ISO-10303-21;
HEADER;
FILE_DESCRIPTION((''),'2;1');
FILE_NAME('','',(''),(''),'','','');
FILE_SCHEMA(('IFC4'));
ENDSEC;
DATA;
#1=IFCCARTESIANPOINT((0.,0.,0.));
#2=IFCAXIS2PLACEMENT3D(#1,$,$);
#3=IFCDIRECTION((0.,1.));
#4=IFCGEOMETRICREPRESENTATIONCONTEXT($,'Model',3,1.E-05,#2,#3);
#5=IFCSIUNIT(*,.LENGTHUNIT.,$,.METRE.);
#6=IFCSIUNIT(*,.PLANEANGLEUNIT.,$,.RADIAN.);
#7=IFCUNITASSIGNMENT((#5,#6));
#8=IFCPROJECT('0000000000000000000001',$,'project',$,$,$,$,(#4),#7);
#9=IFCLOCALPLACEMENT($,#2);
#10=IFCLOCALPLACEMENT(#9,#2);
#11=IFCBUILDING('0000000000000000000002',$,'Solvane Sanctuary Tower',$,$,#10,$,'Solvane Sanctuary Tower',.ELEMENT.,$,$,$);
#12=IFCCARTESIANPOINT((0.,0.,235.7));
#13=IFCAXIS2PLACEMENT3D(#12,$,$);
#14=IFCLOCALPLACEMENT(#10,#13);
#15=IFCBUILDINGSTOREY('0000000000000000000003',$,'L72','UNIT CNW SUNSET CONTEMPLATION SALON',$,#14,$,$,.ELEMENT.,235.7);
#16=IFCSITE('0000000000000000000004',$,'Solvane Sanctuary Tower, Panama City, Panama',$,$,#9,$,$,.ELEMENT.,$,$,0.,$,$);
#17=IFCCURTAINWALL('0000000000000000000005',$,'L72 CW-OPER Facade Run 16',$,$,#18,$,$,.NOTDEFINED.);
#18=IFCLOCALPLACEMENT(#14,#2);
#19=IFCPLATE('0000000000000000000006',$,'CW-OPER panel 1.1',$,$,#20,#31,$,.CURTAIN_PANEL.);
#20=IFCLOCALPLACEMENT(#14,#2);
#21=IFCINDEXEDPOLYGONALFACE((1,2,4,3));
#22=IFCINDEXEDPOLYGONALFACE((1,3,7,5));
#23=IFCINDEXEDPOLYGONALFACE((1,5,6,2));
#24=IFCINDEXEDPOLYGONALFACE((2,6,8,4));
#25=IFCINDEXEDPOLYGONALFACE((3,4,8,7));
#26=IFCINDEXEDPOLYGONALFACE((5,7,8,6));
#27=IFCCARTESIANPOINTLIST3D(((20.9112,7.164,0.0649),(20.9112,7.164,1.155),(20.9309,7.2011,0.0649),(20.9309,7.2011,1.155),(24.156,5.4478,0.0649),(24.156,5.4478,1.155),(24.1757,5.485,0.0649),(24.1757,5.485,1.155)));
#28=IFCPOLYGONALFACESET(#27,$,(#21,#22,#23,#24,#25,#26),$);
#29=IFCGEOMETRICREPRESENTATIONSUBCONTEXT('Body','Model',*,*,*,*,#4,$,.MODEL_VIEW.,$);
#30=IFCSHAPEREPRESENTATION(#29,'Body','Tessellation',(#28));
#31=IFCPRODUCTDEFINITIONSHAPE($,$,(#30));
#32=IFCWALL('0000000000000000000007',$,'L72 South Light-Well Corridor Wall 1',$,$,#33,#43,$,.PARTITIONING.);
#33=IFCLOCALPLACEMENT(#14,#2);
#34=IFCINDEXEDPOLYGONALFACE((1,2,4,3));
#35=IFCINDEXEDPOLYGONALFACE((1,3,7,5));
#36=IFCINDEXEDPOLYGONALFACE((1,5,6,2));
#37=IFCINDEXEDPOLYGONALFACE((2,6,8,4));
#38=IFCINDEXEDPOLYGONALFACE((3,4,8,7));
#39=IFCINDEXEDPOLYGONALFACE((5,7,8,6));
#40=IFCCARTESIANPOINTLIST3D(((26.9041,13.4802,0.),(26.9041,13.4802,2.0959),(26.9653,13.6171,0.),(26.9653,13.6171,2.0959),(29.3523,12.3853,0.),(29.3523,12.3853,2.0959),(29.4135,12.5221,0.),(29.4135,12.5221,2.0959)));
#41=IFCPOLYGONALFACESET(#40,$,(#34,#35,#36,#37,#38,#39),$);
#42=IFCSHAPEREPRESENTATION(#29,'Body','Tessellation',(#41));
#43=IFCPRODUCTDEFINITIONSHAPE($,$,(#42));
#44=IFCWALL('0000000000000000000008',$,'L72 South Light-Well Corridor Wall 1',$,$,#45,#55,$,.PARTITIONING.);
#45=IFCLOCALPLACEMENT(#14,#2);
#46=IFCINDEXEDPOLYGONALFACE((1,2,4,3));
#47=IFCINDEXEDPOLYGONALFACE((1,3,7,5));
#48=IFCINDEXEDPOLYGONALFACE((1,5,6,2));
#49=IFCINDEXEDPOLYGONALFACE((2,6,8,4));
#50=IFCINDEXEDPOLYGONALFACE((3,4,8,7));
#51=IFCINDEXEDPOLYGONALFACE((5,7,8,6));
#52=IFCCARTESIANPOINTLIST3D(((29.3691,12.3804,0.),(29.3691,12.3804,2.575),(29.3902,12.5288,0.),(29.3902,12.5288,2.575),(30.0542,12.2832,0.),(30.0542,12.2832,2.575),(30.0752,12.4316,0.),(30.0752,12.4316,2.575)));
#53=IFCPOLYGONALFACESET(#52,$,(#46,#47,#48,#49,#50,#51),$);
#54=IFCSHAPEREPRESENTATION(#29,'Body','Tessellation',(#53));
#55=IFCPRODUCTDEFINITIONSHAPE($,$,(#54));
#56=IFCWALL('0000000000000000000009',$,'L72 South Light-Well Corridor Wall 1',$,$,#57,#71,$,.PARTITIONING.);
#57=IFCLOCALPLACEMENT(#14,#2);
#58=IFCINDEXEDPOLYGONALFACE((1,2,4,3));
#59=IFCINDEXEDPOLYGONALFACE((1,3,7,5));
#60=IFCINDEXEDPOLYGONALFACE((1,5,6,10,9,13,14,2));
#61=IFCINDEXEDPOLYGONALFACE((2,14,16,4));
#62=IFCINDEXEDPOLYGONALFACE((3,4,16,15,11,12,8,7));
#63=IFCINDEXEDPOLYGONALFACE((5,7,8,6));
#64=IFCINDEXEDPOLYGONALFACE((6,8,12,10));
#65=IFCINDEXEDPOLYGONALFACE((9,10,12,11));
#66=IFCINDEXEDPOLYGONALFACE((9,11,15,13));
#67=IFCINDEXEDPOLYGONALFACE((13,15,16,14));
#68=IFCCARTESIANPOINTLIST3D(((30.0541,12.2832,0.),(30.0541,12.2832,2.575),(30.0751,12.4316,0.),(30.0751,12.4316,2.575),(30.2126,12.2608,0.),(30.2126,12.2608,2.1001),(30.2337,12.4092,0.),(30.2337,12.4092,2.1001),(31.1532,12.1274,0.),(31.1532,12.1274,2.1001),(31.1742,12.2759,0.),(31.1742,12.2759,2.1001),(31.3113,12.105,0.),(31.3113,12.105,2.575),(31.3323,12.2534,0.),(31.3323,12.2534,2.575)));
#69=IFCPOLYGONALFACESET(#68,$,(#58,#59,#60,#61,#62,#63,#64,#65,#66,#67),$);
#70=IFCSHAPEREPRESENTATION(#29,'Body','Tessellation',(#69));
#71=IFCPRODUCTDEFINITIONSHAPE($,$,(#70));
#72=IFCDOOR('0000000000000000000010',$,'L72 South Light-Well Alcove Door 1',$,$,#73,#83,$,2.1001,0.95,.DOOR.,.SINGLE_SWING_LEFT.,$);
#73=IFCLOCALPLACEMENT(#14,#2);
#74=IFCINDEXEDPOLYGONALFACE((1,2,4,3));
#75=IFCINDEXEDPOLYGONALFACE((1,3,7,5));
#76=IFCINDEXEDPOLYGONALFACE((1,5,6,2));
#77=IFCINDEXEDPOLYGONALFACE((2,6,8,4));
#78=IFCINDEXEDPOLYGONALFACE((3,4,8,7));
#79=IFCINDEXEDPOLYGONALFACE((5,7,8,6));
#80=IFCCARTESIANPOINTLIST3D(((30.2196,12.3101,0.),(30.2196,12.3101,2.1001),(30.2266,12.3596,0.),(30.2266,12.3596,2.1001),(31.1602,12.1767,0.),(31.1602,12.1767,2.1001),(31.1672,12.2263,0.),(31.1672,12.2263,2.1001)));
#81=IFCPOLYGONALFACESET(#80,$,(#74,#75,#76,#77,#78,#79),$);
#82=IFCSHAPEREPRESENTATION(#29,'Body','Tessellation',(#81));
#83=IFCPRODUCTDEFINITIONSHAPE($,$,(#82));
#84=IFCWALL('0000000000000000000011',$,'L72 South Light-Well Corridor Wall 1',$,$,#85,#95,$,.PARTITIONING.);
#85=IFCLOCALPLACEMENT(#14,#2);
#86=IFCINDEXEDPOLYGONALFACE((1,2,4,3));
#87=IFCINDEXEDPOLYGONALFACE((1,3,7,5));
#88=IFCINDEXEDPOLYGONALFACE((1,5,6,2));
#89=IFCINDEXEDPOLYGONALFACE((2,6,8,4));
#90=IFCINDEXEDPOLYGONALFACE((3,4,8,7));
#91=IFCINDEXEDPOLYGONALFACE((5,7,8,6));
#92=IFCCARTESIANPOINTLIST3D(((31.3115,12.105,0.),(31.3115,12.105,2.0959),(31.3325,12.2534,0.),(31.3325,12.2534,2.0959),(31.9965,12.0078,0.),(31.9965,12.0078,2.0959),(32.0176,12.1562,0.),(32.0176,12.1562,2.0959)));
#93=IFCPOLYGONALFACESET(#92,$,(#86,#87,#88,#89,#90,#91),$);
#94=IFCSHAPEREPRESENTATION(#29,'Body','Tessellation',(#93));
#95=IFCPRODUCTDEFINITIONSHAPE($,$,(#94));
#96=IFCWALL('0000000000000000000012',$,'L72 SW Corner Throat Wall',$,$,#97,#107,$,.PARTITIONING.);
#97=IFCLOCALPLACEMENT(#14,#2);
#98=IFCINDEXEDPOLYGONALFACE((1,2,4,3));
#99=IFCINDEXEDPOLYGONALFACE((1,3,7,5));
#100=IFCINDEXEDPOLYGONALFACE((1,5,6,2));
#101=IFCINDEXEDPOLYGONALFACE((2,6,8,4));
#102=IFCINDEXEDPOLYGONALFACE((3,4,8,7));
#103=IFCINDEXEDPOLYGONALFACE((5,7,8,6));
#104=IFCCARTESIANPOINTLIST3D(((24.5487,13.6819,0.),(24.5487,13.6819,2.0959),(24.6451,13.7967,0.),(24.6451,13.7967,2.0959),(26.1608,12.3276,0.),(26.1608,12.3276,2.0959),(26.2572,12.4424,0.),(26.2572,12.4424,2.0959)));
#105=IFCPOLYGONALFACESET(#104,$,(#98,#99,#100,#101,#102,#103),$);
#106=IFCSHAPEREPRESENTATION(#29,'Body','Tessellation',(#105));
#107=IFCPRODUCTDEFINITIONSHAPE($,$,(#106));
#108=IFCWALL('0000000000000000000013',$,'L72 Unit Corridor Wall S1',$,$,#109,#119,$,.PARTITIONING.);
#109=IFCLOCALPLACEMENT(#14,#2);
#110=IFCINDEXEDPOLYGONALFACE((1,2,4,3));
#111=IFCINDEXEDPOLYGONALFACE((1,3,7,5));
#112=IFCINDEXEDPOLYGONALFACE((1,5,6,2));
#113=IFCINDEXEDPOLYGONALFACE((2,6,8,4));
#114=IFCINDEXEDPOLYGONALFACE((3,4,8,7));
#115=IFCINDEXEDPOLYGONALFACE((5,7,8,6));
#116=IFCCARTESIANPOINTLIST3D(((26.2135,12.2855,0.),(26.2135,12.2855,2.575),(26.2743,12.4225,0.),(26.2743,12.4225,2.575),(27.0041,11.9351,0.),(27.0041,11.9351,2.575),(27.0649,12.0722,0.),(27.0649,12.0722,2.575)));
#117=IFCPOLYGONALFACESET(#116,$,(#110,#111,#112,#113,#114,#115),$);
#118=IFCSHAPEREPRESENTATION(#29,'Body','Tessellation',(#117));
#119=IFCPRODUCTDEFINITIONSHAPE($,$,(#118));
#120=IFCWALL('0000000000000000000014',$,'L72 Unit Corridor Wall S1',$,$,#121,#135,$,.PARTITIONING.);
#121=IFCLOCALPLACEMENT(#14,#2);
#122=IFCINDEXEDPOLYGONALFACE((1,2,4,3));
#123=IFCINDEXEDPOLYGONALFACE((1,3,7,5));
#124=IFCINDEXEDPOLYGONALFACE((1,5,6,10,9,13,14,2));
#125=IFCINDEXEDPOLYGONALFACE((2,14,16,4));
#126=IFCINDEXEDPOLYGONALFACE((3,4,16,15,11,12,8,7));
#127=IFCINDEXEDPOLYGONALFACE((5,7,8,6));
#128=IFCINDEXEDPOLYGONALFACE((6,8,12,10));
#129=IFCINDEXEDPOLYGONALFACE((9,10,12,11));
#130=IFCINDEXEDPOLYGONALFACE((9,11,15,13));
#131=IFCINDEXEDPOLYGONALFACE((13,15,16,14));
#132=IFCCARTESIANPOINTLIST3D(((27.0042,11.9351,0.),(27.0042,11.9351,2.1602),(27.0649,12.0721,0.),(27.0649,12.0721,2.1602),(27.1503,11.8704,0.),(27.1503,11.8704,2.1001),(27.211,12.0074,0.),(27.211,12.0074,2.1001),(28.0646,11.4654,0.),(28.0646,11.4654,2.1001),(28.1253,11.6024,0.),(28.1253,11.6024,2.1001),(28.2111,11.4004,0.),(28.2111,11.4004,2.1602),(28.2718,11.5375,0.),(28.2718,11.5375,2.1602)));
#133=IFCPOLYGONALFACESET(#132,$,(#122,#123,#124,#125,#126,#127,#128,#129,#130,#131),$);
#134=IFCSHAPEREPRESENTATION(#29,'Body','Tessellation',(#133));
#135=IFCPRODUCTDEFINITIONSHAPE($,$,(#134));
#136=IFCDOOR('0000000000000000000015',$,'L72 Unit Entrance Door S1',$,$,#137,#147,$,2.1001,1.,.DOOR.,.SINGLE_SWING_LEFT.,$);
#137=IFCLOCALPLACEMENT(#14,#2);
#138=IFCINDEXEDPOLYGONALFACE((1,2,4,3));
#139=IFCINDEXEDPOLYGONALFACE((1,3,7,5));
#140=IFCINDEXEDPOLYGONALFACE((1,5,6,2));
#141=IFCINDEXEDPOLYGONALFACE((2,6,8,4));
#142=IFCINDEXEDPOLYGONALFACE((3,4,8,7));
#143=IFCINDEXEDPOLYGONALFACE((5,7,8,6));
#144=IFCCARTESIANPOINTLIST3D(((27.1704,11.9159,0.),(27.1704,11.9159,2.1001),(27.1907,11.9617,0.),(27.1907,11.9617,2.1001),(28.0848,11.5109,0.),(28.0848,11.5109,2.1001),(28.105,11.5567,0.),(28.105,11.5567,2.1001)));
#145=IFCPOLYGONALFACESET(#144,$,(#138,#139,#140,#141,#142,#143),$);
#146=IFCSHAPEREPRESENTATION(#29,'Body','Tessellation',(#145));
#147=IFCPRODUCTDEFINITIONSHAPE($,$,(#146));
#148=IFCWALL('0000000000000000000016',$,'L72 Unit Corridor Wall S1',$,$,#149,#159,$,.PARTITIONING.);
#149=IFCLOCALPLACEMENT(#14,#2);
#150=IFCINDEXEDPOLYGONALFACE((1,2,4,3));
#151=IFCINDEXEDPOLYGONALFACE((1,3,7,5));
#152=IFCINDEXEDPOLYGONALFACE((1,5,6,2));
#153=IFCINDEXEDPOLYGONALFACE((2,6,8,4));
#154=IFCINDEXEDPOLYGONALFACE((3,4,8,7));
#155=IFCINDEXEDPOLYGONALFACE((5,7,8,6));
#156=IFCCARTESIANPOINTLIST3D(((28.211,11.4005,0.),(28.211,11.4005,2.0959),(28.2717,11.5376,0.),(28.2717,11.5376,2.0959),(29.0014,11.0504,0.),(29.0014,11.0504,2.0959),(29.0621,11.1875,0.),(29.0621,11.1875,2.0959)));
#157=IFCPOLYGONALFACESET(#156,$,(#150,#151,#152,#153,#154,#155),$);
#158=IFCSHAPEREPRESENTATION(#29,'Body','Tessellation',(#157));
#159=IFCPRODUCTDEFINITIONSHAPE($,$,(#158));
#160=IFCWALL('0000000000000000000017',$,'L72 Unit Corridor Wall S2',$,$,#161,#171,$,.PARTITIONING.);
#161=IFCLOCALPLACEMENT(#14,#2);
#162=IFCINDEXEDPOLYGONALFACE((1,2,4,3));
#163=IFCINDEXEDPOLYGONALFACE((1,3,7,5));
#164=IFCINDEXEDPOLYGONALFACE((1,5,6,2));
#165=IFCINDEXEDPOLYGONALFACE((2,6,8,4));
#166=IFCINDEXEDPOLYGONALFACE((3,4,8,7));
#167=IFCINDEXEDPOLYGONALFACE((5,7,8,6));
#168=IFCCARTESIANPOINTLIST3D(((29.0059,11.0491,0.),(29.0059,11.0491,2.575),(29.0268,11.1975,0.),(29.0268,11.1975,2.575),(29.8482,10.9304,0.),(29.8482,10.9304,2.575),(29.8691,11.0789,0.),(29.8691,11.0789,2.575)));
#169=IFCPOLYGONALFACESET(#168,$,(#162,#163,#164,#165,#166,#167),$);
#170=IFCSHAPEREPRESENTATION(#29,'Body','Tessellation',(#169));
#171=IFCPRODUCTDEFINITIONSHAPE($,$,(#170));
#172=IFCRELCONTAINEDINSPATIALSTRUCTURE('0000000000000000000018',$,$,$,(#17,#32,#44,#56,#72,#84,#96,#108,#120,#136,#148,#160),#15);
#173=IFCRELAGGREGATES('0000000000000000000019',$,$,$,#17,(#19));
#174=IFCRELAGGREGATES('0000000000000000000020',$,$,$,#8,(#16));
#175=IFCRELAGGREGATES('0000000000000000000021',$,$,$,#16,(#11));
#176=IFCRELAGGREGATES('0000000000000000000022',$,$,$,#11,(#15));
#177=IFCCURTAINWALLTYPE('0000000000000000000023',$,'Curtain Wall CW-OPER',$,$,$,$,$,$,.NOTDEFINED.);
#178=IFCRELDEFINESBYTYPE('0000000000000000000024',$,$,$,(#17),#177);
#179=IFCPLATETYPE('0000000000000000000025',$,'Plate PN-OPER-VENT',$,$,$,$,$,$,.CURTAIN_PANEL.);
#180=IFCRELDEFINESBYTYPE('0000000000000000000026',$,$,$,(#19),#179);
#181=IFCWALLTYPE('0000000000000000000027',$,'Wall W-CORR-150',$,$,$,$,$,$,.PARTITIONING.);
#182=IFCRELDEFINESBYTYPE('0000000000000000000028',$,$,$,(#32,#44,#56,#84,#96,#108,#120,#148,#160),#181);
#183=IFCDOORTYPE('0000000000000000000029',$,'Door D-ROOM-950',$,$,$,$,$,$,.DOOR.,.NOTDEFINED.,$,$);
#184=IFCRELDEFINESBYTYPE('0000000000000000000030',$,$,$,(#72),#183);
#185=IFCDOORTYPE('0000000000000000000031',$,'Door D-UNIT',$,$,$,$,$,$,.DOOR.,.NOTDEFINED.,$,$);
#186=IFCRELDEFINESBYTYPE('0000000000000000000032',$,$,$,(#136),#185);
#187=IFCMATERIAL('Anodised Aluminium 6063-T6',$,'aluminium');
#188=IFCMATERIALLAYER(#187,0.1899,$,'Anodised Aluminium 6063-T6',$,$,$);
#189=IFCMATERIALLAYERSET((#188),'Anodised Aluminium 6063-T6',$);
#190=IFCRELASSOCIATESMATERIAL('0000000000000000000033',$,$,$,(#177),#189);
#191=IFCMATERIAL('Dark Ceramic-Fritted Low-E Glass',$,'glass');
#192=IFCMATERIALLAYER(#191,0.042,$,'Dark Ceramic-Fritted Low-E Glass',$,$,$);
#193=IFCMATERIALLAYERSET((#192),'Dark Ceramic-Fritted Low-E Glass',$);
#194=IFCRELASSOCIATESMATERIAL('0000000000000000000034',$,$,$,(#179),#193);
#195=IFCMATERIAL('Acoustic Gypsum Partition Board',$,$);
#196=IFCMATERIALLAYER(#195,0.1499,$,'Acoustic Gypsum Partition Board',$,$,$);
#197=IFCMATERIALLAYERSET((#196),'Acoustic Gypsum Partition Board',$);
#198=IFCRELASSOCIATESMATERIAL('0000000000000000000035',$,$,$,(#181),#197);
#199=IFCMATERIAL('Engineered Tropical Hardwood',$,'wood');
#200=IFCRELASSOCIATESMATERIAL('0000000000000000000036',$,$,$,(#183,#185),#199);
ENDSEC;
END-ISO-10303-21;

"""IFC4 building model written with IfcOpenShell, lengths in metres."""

from ifc_helpers import new_model, si_unit, direction, frame, frame_2d, origin, origin_2d, place, context, subcontext, project, spatial, rectangle, extrude, material, layer, layer_set, type_object, element, fill, aggregate, save


model = new_model("IFC4")

# Units and contexts
model_context = context("Model", 3, precision=1e-05, world=origin(), true_north=direction((0.0, 1.0)))
body_context = subcontext(model_context, "Body", "Model", "MODEL_VIEW")
ifc_project = project(units=[si_unit("LENGTHUNIT", "METRE"), si_unit("PLANEANGLEUNIT", "RADIAN")], contexts=[model_context])

# Site, building, storey
site_placement = place(None, origin())
site = spatial("IfcSite", under=ifc_project, at=site_placement, Name="Solvane Sanctuary Tower, Panama City, Panama", CompositionType="ELEMENT", RefElevation=0.0)
building_placement = place(site_placement, origin())
building = spatial("IfcBuilding", under=site, at=building_placement, Name="Solvane Sanctuary Tower", LongName="Solvane Sanctuary Tower", CompositionType="ELEMENT")
storey_placement = place(building_placement, frame((0.0, 0.0, 235.7)))
storey = spatial("IfcBuildingStorey", under=building, at=storey_placement, Name="L72", Description="UNIT CNW SUNSET CONTEMPLATION SALON", CompositionType="ELEMENT", Elevation=235.7)

# Curtain wall, plate
ifc_material_1 = material(Name="Anodised Aluminium 6063-T6", Category="aluminium")
ifc_layer_1 = layer(ifc_material_1, 0.1899, Name="Anodised Aluminium 6063-T6")
ifc_layer_set_1 = layer_set([ifc_layer_1], Name="Anodised Aluminium 6063-T6")
curtain_wall_type = type_object("IfcCurtainWallType", Name="Curtain Wall CW-OPER", PredefinedType="NOTDEFINED", material=ifc_layer_set_1)
curtain_wall_placement = place(storey_placement, origin())
curtain_wall = element("IfcCurtainWall", 1, at=curtain_wall_placement, inside=storey, type_object=curtain_wall_type, Name="L72 CW-OPER Facade Run 16", PredefinedType="NOTDEFINED")
ifc_material_2 = material(Name="Dark Ceramic-Fritted Low-E Glass", Category="glass")
ifc_layer_2 = layer(ifc_material_2, 0.042, Name="Dark Ceramic-Fritted Low-E Glass")
ifc_layer_set_2 = layer_set([ifc_layer_2], Name="Dark Ceramic-Fritted Low-E Glass")
plate_type = type_object("IfcPlateType", Name="Plate PN-OPER-VENT", PredefinedType="CURTAIN_PANEL", material=ifc_layer_set_2)
plate_placement = place(storey_placement, frame((22.5435, 6.3245, 0.0649), z_axis=(0.0, 0.0, 1.0), x_axis=(0.883981, -0.467523, 0.0)))
plate = element("IfcPlate", 2, at=plate_placement, type_object=plate_type, Name="CW-OPER panel 1.1", PredefinedType="CURTAIN_PANEL", context=body_context, shape_type="SweptSolid", body=[
    extrude(rectangle(XDim=3.6707, YDim=0.042, at=origin_2d()), origin(), (0.0, 0.0, 1.0), 1.0901),
])
aggregate(curtain_wall, [plate])

# Walls
ifc_material_3 = material(Name="Acoustic Gypsum Partition Board")
ifc_layer_3 = layer(ifc_material_3, 0.1499, Name="Acoustic Gypsum Partition Board")
ifc_layer_set_3 = layer_set([ifc_layer_3], Name="Acoustic Gypsum Partition Board")
wall_type_1 = type_object("IfcWallType", Name="Wall W-CORR-150", PredefinedType="PARTITIONING", material=ifc_layer_set_3)
wall_1_placement = place(storey_placement, frame((26.9348, 13.5486, 0.0), z_axis=(0.0, 0.0, 1.0), x_axis=(0.912859, -0.408274, 0.0)))
element("IfcWall", 3, at=wall_1_placement, inside=storey, type_object=wall_type_1, Name="L72 South Light-Well Corridor Wall 1", PredefinedType="PARTITIONING", context=body_context, shape_type="SweptSolid", body=[
    extrude(rectangle(XDim=2.6819, YDim=0.1499, at=frame_2d((1.3408, 0.0))), origin(), (0.0, 0.0, 1.0), 2.0959),
])
wall_2_placement = place(storey_placement, frame((29.3796, 12.4546, 0.0), z_axis=(0.0, 0.0, 1.0), x_axis=(0.99009, -0.140433, 0.0)))
element("IfcWall", 4, at=wall_2_placement, inside=storey, type_object=wall_type_1, Name="L72 South Light-Well Corridor Wall 1", PredefinedType="PARTITIONING", context=body_context, shape_type="SweptSolid", body=[
    extrude(rectangle(XDim=0.6919, YDim=0.1499, at=frame_2d((0.3459, 0.0))), origin(), (0.0, 0.0, 1.0), 2.575),
])

# Wall, opening, door
wall_3_placement = place(storey_placement, frame((30.0647, 12.3574, 0.0), z_axis=(0.0, 0.0, 1.0), x_axis=(0.990103, -0.140345, 0.0)))
wall_3 = element("IfcWall", 5, at=wall_3_placement, inside=storey, type_object=wall_type_1, Name="L72 South Light-Well Corridor Wall 1", PredefinedType="PARTITIONING", context=body_context, shape_type="SweptSolid", body=[
    extrude(rectangle(XDim=1.2698, YDim=0.1499, at=frame_2d((0.6348, 0.0))), origin(), (0.0, 0.0, 1.0), 2.575),
])
opening_1_placement = place(wall_3_placement, frame((0.1599, 0.0, 0.0)))
opening_1 = element("IfcOpeningElement", 6, at=opening_1_placement, cuts=wall_3, PredefinedType="OPENING", context=body_context, shape_type="SweptSolid", body=[
    extrude(rectangle(XDim=0.95, YDim=2.1001, at=frame_2d((0.4751, 1.05))), frame((0.0, 0.085, 0.0), z_axis=(0.0, -1.0, 0.0), x_axis=(1.0, 0.0, 0.0)), (0.0, 0.0, 1.0), 0.1699),
])
ifc_material_4 = material(Name="Engineered Tropical Hardwood", Category="wood")
door_type_1 = type_object("IfcDoorType", Name="Door D-ROOM-950", OperationType="NOTDEFINED", PredefinedType="DOOR", material=ifc_material_4)
door_1_placement = place(opening_1_placement, origin())
door_1 = element("IfcDoor", 7, at=door_1_placement, inside=storey, type_object=door_type_1, Name="L72 South Light-Well Alcove Door 1", OperationType="SINGLE_SWING_LEFT", OverallHeight=2.1001, OverallWidth=0.95, PredefinedType="DOOR", context=body_context, shape_type="SweptSolid", body=[
    extrude(rectangle(XDim=0.95, YDim=2.1001, at=frame_2d((0.4751, 1.05))), frame((0.0, 0.0249, 0.0), z_axis=(0.0, -1.0, 0.0), x_axis=(1.0, 0.0, 0.0)), (0.0, 0.0, 1.0), 0.05),
])
fill(opening_1, door_1)

# Walls
wall_4_placement = place(storey_placement, frame((31.322, 12.1792, 0.0), z_axis=(0.0, 0.0, 1.0), x_axis=(0.99009, -0.140433, 0.0)))
element("IfcWall", 8, at=wall_4_placement, inside=storey, type_object=wall_type_1, Name="L72 South Light-Well Corridor Wall 1", PredefinedType="PARTITIONING", context=body_context, shape_type="SweptSolid", body=[
    extrude(rectangle(XDim=0.6919, YDim=0.1499, at=frame_2d((0.3459, 0.0))), origin(), (0.0, 0.0, 1.0), 2.0959),
])
wall_5_placement = place(storey_placement, frame((26.209, 12.385, 0.0), z_axis=(0.0, 0.0, 1.0), x_axis=(-0.765677, 0.643225, 0.0)))
element("IfcWall", 9, at=wall_5_placement, inside=storey, type_object=wall_type_1, Name="L72 SW Corner Throat Wall", PredefinedType="PARTITIONING", context=body_context, shape_type="SweptSolid", body=[
    extrude(rectangle(XDim=2.1055, YDim=0.1499, at=frame_2d((1.0527, 0.0))), origin(), (0.0, 0.0, 1.0), 2.0959),
])
wall_6_placement = place(storey_placement, frame((26.2439, 12.354, 0.0), z_axis=(0.0, 0.0, 1.0), x_axis=(0.914242, -0.405169, 0.0)))
element("IfcWall", 10, at=wall_6_placement, inside=storey, type_object=wall_type_1, Name="L72 Unit Corridor Wall S1", PredefinedType="PARTITIONING", context=body_context, shape_type="SweptSolid", body=[
    extrude(rectangle(XDim=0.8647, YDim=0.1499, at=frame_2d((0.4324, 0.0))), origin(), (0.0, 0.0, 1.0), 2.575),
])

# Wall, opening, door
wall_7_placement = place(storey_placement, frame((27.0344, 12.0037, 0.0), z_axis=(0.0, 0.0, 1.0), x_axis=(0.914314, -0.405006, 0.0)))
wall_7 = element("IfcWall", 11, at=wall_7_placement, inside=storey, type_object=wall_type_1, Name="L72 Unit Corridor Wall S1", PredefinedType="PARTITIONING", context=body_context, shape_type="SweptSolid", body=[
    extrude(rectangle(XDim=1.3201, YDim=0.1499, at=frame_2d((0.6602, 0.0))), origin(), (0.0, 0.0, 1.0), 2.1602),
])
opening_2_placement = place(wall_7_placement, frame((0.1599, 0.0, 0.0)))
opening_2 = element("IfcOpeningElement", 12, at=opening_2_placement, cuts=wall_7, PredefinedType="OPENING", context=body_context, shape_type="SweptSolid", body=[
    extrude(rectangle(XDim=1.0, YDim=2.1001, at=frame_2d((0.5, 1.05))), frame((0.0, 0.085, 0.0), z_axis=(0.0, -1.0, 0.0), x_axis=(1.0, 0.0, 0.0)), (0.0, 0.0, 1.0), 0.1699),
])
door_type_2 = type_object("IfcDoorType", Name="Door D-UNIT", OperationType="NOTDEFINED", PredefinedType="DOOR", material=ifc_material_4)
door_2_placement = place(opening_2_placement, origin())
door_2 = element("IfcDoor", 13, at=door_2_placement, inside=storey, type_object=door_type_2, Name="L72 Unit Entrance Door S1", OperationType="SINGLE_SWING_LEFT", OverallHeight=2.1001, OverallWidth=1.0, PredefinedType="DOOR", context=body_context, shape_type="SweptSolid", body=[
    extrude(rectangle(XDim=1.0, YDim=2.1001, at=frame_2d((0.5, 1.05))), frame((0.0, 0.0249, 0.0), z_axis=(0.0, -1.0, 0.0), x_axis=(1.0, 0.0, 0.0)), (0.0, 0.0, 1.0), 0.05),
])
fill(opening_2, door_2)

# Walls
wall_8_placement = place(storey_placement, frame((28.2415, 11.469, 0.0), z_axis=(0.0, 0.0, 1.0), x_axis=(0.914346, -0.404933, 0.0)))
element("IfcWall", 14, at=wall_8_placement, inside=storey, type_object=wall_type_1, Name="L72 Unit Corridor Wall S1", PredefinedType="PARTITIONING", context=body_context, shape_type="SweptSolid", body=[
    extrude(rectangle(XDim=0.8645, YDim=0.1499, at=frame_2d((0.4321, 0.0))), origin(), (0.0, 0.0, 1.0), 2.0959),
])
wall_9_placement = place(storey_placement, frame((29.0164, 11.1233, 0.0), z_axis=(0.0, 0.0, 1.0), x_axis=(0.990223, -0.139492, 0.0)))
element("IfcWall", 15, at=wall_9_placement, inside=storey, type_object=wall_type_1, Name="L72 Unit Corridor Wall S2", PredefinedType="PARTITIONING", context=body_context, shape_type="SweptSolid", body=[
    extrude(rectangle(XDim=0.8506, YDim=0.1499, at=frame_2d((0.4253, 0.0))), origin(), (0.0, 0.0, 1.0), 2.575),
])

save(model, "model.ifc")
